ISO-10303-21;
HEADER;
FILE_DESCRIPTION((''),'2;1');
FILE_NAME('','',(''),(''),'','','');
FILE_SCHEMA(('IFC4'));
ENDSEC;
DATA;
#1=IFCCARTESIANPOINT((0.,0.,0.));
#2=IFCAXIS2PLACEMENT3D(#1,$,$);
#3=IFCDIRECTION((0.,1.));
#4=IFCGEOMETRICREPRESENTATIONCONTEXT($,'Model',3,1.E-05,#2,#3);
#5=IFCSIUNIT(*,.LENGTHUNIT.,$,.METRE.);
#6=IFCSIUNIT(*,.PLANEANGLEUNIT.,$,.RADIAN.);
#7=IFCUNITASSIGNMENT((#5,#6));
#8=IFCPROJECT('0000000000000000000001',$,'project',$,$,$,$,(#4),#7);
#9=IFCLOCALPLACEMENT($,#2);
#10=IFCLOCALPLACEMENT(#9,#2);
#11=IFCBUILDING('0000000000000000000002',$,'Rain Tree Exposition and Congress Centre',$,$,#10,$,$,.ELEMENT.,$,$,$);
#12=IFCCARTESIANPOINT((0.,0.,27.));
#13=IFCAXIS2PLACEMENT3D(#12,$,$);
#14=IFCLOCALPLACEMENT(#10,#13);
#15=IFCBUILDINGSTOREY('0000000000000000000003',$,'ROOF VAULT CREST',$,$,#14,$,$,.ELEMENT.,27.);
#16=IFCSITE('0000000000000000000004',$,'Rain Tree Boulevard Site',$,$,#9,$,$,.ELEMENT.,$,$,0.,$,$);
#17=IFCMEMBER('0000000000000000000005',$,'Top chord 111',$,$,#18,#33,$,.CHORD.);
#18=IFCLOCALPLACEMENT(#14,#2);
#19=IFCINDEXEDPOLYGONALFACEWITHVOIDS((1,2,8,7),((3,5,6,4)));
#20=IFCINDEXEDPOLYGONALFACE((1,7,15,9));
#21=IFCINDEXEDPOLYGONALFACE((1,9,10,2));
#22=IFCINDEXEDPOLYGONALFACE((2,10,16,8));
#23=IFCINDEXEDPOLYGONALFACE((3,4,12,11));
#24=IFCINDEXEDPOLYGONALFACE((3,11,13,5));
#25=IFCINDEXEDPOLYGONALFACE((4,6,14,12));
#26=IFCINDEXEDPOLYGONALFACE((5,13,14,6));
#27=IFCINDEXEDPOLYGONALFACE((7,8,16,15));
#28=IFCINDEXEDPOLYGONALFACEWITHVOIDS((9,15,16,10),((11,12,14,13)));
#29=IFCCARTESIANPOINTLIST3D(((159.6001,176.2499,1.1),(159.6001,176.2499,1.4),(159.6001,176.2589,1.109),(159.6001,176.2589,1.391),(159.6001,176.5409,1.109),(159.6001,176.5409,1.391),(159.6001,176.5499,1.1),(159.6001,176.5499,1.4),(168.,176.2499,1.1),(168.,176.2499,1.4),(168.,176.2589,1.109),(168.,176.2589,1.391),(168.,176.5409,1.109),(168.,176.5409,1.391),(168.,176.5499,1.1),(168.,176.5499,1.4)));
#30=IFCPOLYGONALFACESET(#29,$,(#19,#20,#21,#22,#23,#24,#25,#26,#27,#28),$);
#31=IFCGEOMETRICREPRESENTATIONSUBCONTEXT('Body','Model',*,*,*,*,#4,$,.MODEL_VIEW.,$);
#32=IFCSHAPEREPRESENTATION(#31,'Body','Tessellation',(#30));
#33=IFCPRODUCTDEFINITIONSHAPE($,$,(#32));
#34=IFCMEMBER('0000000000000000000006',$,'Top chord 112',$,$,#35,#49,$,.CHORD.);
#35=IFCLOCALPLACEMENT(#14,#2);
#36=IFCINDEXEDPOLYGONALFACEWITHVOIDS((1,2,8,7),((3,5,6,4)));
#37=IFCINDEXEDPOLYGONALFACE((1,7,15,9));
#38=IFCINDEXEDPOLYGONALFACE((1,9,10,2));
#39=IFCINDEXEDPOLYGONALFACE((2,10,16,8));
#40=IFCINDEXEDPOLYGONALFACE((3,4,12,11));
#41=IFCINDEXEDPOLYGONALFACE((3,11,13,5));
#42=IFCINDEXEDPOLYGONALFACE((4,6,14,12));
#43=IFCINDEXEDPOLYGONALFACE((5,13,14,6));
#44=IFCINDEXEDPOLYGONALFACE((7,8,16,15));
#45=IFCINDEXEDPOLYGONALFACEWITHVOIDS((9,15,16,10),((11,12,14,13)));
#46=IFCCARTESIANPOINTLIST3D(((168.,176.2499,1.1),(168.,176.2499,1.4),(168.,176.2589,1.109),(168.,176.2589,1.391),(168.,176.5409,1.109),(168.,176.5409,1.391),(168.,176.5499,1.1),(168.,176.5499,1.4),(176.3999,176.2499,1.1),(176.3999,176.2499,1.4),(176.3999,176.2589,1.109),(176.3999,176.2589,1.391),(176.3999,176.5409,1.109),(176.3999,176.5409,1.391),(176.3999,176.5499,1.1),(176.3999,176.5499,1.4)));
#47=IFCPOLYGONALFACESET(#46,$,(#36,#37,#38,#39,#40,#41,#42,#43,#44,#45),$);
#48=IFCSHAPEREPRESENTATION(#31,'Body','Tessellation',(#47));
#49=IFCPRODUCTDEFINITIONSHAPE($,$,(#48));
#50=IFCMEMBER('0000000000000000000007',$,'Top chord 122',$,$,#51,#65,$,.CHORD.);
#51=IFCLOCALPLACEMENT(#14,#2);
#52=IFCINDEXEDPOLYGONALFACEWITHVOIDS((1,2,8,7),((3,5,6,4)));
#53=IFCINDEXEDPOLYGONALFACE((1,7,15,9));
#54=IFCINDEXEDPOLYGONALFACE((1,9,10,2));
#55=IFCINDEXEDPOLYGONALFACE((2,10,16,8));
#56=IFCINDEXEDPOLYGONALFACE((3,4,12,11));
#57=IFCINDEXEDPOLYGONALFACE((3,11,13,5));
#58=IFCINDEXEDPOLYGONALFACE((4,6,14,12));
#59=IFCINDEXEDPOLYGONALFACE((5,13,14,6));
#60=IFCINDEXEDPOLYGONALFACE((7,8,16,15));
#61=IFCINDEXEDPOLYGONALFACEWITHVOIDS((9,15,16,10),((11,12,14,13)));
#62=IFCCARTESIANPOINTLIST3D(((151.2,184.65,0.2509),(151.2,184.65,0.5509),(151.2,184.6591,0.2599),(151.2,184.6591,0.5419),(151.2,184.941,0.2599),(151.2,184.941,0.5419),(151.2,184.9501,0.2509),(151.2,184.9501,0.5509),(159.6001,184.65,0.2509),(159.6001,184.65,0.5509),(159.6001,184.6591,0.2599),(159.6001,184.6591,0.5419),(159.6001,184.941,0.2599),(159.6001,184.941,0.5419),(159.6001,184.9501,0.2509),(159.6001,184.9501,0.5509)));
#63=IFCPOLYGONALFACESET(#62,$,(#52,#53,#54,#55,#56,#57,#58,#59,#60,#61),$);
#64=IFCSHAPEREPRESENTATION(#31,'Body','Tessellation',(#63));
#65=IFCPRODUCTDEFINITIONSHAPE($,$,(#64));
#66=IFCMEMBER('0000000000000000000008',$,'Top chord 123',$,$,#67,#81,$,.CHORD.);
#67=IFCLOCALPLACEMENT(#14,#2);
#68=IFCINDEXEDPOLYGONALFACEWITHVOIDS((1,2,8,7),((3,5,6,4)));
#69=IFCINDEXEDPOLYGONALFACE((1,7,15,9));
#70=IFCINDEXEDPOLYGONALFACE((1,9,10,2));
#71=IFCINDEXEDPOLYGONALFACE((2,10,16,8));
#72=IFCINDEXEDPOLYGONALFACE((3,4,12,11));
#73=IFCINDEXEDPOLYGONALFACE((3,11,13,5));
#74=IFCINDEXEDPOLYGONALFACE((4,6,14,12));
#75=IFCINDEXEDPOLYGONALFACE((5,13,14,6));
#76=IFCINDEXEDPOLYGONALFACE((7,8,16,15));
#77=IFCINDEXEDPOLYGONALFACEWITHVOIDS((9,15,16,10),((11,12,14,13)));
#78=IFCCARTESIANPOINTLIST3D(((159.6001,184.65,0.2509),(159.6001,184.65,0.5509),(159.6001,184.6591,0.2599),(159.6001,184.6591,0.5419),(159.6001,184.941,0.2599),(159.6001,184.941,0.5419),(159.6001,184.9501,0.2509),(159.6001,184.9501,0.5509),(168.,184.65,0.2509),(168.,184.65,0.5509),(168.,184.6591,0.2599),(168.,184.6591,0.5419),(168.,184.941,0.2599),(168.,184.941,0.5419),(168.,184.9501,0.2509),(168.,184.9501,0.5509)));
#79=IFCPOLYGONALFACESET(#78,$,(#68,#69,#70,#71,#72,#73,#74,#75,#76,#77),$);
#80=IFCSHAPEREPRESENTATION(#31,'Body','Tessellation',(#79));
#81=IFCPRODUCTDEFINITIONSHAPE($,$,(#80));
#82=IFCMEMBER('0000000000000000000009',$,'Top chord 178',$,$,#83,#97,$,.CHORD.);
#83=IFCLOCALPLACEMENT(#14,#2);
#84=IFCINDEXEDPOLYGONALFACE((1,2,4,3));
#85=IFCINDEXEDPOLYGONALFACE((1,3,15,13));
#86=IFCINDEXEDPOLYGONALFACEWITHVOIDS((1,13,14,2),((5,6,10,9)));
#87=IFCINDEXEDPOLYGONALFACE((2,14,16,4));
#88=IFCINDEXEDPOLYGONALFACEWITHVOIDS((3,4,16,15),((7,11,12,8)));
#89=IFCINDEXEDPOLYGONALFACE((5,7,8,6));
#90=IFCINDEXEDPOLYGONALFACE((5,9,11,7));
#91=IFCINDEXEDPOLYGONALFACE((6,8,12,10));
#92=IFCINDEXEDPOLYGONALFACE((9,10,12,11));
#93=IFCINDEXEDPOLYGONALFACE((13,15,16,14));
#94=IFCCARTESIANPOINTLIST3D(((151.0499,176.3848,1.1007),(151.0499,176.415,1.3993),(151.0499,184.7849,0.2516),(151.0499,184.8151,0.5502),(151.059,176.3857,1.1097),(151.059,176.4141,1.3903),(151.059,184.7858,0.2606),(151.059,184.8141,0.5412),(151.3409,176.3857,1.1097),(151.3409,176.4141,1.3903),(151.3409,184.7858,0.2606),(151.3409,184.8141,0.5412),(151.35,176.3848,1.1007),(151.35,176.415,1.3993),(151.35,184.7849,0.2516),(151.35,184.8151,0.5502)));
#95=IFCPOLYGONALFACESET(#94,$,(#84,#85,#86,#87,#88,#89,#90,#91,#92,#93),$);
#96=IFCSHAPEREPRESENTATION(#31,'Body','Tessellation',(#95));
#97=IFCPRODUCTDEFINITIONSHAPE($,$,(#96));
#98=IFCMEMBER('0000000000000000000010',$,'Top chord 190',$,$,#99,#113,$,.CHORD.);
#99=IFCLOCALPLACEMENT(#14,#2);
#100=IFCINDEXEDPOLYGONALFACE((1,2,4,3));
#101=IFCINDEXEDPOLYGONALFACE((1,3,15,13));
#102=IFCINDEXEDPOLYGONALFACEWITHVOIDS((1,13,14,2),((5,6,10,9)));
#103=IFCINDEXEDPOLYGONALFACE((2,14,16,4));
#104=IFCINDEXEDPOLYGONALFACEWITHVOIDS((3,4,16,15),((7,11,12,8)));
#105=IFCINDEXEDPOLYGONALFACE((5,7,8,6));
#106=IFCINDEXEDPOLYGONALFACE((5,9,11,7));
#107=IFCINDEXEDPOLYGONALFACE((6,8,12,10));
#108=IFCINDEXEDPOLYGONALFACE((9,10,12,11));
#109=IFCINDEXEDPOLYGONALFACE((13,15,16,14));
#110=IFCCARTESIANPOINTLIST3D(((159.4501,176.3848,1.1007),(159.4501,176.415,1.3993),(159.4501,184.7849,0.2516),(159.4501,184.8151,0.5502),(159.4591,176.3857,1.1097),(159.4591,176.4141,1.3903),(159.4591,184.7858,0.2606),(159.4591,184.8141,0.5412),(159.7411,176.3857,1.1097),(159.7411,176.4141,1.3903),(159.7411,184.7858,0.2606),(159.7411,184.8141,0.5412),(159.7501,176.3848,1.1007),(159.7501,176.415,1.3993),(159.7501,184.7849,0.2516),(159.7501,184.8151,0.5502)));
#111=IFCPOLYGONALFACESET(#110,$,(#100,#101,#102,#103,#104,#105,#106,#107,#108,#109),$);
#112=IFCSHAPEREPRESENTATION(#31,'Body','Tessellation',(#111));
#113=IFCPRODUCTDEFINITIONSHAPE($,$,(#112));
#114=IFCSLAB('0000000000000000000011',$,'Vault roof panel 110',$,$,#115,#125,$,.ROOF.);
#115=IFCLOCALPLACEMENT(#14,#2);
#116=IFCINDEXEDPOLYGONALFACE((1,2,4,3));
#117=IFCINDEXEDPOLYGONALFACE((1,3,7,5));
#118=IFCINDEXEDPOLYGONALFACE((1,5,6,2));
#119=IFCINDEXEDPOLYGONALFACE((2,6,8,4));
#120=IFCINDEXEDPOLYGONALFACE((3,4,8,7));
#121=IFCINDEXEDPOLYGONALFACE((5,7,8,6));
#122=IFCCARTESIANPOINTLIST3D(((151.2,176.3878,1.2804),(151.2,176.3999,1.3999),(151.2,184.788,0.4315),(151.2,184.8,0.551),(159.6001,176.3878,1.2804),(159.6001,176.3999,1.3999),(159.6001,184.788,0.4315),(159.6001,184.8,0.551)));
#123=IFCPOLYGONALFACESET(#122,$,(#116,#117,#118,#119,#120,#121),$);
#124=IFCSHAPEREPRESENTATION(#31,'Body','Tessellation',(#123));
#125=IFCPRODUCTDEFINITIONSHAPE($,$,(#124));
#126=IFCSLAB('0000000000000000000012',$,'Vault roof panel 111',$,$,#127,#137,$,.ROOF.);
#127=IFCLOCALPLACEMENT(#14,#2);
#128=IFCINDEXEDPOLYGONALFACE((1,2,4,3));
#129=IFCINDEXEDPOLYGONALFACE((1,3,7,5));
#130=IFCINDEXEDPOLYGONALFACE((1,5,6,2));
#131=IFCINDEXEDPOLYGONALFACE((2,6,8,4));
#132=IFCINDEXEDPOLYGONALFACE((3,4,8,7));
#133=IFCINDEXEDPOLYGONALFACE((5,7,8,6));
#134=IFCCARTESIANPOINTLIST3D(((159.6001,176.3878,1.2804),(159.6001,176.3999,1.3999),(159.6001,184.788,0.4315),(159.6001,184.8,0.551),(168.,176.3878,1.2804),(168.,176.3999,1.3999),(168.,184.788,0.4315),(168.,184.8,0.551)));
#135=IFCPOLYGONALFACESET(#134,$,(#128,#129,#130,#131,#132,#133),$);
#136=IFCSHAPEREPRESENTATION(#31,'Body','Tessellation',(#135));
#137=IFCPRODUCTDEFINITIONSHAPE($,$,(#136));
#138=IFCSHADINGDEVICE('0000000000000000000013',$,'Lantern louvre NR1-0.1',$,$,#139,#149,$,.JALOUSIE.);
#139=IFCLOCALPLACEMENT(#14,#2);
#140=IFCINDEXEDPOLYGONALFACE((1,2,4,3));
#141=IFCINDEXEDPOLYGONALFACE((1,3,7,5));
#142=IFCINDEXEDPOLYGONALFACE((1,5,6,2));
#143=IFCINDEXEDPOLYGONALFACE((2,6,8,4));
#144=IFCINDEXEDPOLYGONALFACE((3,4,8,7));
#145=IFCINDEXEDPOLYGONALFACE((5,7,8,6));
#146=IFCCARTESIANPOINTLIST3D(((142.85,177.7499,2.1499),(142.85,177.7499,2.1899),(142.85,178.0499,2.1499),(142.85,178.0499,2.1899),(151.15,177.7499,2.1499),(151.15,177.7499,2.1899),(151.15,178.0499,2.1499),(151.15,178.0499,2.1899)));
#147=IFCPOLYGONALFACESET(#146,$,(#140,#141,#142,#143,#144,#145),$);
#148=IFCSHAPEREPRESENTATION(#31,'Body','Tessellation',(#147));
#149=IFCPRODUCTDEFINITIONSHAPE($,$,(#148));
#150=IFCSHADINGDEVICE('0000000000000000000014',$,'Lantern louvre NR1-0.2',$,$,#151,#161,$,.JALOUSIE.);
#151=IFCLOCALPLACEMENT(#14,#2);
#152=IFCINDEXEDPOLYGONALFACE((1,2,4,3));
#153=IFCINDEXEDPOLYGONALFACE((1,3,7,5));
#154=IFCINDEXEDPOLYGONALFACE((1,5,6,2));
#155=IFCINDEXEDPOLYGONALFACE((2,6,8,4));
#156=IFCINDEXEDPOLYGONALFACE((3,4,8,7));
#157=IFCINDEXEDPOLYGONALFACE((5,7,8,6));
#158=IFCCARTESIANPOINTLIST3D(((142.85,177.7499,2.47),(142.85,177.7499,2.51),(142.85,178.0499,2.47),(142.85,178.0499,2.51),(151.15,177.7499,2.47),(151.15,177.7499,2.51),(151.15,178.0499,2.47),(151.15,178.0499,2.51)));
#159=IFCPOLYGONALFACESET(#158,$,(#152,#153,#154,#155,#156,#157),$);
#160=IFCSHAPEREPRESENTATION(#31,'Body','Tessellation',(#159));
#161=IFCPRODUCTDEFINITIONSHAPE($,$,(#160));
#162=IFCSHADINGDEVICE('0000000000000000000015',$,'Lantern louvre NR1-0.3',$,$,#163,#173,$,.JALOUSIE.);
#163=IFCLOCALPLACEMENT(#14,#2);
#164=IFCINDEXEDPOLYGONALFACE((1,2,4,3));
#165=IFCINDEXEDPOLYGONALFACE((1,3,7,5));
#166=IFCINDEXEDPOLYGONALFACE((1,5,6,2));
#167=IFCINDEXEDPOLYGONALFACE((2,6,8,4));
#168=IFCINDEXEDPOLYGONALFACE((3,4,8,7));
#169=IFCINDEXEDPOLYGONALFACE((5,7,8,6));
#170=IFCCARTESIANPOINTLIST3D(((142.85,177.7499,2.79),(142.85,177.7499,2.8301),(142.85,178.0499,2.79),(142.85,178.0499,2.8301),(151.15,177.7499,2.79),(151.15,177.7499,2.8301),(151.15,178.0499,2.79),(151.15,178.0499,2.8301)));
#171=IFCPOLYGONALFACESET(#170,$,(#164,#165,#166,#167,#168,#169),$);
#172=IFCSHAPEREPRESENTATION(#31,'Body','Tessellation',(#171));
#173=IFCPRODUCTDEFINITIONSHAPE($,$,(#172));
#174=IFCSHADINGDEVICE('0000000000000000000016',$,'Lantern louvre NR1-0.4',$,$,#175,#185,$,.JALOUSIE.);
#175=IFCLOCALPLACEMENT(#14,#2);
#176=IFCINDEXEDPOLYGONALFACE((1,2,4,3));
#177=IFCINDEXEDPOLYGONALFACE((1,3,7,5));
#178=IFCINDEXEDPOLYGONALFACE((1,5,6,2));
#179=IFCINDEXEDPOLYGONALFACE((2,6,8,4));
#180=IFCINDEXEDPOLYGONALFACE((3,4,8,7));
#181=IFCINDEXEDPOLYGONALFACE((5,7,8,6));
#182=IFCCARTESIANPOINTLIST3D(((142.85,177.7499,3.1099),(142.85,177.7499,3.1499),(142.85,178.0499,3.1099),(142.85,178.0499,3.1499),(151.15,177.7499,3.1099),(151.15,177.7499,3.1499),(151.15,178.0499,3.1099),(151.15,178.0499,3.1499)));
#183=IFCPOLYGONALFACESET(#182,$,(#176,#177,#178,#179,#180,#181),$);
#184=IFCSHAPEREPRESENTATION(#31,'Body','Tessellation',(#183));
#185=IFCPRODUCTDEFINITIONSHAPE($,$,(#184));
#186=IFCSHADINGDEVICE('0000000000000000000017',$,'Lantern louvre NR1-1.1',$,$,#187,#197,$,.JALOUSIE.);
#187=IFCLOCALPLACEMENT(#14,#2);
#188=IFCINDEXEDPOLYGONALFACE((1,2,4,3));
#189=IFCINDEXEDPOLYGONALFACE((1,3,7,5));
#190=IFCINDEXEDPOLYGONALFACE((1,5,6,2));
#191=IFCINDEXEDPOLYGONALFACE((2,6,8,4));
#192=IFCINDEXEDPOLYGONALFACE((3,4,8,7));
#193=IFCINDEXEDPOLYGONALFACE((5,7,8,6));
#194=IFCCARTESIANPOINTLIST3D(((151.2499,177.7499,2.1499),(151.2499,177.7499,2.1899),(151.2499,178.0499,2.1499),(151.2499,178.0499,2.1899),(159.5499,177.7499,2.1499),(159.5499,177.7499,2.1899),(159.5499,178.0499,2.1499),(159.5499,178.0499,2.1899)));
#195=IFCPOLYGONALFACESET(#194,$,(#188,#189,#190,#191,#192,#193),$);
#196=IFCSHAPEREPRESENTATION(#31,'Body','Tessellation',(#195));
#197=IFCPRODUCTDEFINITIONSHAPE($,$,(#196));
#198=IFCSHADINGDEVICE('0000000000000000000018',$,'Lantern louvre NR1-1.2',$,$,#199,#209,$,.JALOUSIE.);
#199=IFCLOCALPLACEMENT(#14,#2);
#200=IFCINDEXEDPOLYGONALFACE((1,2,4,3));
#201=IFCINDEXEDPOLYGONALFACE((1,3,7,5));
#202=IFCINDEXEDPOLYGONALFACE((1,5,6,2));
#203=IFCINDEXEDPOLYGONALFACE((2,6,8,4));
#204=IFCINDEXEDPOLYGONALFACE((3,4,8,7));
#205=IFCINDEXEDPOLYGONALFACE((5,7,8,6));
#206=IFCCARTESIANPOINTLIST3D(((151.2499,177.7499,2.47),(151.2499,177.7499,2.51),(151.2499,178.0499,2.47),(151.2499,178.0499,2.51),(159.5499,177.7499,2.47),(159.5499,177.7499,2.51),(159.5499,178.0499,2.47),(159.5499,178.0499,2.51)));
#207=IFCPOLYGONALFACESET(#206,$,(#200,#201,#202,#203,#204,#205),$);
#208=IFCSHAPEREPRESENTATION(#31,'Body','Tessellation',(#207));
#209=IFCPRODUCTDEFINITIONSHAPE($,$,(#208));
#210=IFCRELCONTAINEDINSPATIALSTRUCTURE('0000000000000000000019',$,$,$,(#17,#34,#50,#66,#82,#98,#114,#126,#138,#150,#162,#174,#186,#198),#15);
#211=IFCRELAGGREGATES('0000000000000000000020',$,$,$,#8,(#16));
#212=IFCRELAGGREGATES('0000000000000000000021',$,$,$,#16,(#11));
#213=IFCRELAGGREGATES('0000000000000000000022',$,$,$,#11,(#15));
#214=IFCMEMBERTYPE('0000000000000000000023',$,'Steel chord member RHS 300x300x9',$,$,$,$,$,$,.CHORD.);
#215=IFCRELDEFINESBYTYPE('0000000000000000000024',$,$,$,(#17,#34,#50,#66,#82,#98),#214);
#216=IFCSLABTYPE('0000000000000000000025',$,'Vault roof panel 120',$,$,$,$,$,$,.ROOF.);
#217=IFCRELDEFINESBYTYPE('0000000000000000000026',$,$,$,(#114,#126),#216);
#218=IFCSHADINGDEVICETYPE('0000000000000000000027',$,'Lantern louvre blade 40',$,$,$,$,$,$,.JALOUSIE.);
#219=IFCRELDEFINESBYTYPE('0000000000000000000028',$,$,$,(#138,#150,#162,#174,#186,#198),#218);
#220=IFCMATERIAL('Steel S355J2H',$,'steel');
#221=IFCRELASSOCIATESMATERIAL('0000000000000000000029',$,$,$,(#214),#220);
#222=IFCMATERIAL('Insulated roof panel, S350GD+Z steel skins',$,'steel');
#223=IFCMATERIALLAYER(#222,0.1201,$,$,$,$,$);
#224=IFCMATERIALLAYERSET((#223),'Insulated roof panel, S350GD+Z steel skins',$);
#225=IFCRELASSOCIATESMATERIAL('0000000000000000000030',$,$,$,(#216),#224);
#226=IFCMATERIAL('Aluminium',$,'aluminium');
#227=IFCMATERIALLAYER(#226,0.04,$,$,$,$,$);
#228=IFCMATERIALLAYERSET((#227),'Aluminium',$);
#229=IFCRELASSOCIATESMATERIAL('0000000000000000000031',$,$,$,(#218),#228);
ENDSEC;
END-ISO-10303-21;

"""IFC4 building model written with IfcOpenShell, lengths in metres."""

from ifc_helpers import new_model, si_unit, direction, frame, origin, origin_2d, place, context, subcontext, project, spatial, polyline, rectangle, hollow_rectangle, outline, extrude, material, layer, layer_set, material_profile, profile_set, type_object, element, save


model = new_model("IFC4")

# Units and contexts
model_context = context("Model", 3, precision=1e-05, world=origin(), true_north=direction((0.0, 1.0)))
body_context = subcontext(model_context, "Body", "Model", "MODEL_VIEW")
ifc_project = project(units=[si_unit("LENGTHUNIT", "METRE"), si_unit("PLANEANGLEUNIT", "RADIAN")], contexts=[model_context])

# Site, building, storey
site_placement = place(None, origin())
site = spatial("IfcSite", under=ifc_project, at=site_placement, Name="Rain Tree Boulevard Site", CompositionType="ELEMENT", RefElevation=0.0)
building_placement = place(site_placement, origin())
building = spatial("IfcBuilding", under=site, at=building_placement, Name="Rain Tree Exposition and Congress Centre", CompositionType="ELEMENT")
storey_placement = place(building_placement, frame((0.0, 0.0, 27.0)))
storey = spatial("IfcBuildingStorey", under=building, at=storey_placement, Name="ROOF VAULT CREST", CompositionType="ELEMENT", Elevation=27.0)

# Members
ifc_material_1 = material(Name="Steel S355J2H", Category="steel")
ifc_material_profile_1 = material_profile(ifc_material_1, hollow_rectangle(XDim=0.3, YDim=0.3, WallThickness=0.009, at=origin_2d()), Name="RHS 300x300x9")
ifc_profile_set_1 = profile_set([ifc_material_profile_1], Name="Steel S355J2H")
member_type = type_object("IfcMemberType", Name="Steel chord member RHS 300x300x9", PredefinedType="CHORD", material=ifc_profile_set_1)
for number, where, z_axis, x_axis, name in (
    (1, (159.6001, 176.3999, 1.25), (1.0, 0.0, 0.0), (0.0, 1.0, 0.0), "Top chord 111"),
    (2, (168.0, 176.3999, 1.25), (1.0, 0.0, 0.0), (0.0, 1.0, 0.0), "Top chord 112"),
):
    element("IfcMember", number, at=place(storey_placement, frame(where, z_axis=z_axis, x_axis=x_axis)), inside=storey, type_object=member_type, Name=name, PredefinedType="CHORD", context=body_context, shape_type="SweptSolid", body=[
        extrude(hollow_rectangle(XDim=0.3, YDim=0.3, WallThickness=0.009, at=origin_2d()), origin(), (0.0, 0.0, 1.0), 8.3999),
    ])
member_1_placement = place(storey_placement, frame((151.2, 184.8, 0.4009), z_axis=(1.0, 0.0, 0.0), x_axis=(0.0, 1.0, 0.0)))
element("IfcMember", 3, at=member_1_placement, inside=storey, type_object=member_type, Name="Top chord 122", PredefinedType="CHORD", context=body_context, shape_type="SweptSolid", body=[
    extrude(hollow_rectangle(XDim=0.3, YDim=0.3, WallThickness=0.009, at=origin_2d()), origin(), (0.0, 0.0, 1.0), 8.4001),
])
member_2_placement = place(storey_placement, frame((159.6001, 184.8, 0.4009), z_axis=(1.0, 0.0, 0.0), x_axis=(0.0, 1.0, 0.0)))
element("IfcMember", 4, at=member_2_placement, inside=storey, type_object=member_type, Name="Top chord 123", PredefinedType="CHORD", context=body_context, shape_type="SweptSolid", body=[
    extrude(hollow_rectangle(XDim=0.3, YDim=0.3, WallThickness=0.009, at=origin_2d()), origin(), (0.0, 0.0, 1.0), 8.3999),
])
for number, where, z_axis, x_axis, name in (
    (5, (151.2, 176.3999, 1.25), (0.0, 0.99493, -0.100572), (-1.0, 0.0, 0.0), "Top chord 178"),
    (6, (159.6001, 176.3999, 1.25), (0.0, 0.99493, -0.100572), (-1.0, 0.0, 0.0), "Top chord 190"),
):
    element("IfcMember", number, at=place(storey_placement, frame(where, z_axis=z_axis, x_axis=x_axis)), inside=storey, type_object=member_type, Name=name, PredefinedType="CHORD", context=body_context, shape_type="SweptSolid", body=[
        extrude(hollow_rectangle(XDim=0.3, YDim=0.3, WallThickness=0.009, at=origin_2d()), origin(), (0.0, 0.0, 1.0), 8.4429),
    ])

# Slabs
ifc_material_2 = material(Name="Insulated roof panel, S350GD+Z steel skins", Category="steel")
ifc_layer_1 = layer(ifc_material_2, 0.1201)
ifc_layer_set_1 = layer_set([ifc_layer_1], Name="Insulated roof panel, S350GD+Z steel skins")
slab_type = type_object("IfcSlabType", Name="Vault roof panel 120", PredefinedType="ROOF", material=ifc_layer_set_1)
slab_1_placement = place(storey_placement, frame((151.2, 176.3999, 1.3999), z_axis=(0.0, 0.100543, 0.994933), x_axis=(1.0, 0.0, 0.0)))
element("IfcSlab", 7, at=slab_1_placement, inside=storey, type_object=slab_type, Name="Vault roof panel 110", PredefinedType="ROOF", context=body_context, shape_type="SweptSolid", body=[
    extrude(outline(polyline([(0.0, 0.0), (8.4001, 0.0), (8.4001, 8.4429), (0.0, 8.4429), (0.0, 0.0)])), origin(), (0.0, 0.0, -1.0), 0.1201),
])
slab_2_placement = place(storey_placement, frame((159.6001, 176.3999, 1.3999), z_axis=(0.0, 0.100543, 0.994933), x_axis=(1.0, 0.0, 0.0)))
element("IfcSlab", 8, at=slab_2_placement, inside=storey, type_object=slab_type, Name="Vault roof panel 111", PredefinedType="ROOF", context=body_context, shape_type="SweptSolid", body=[
    extrude(outline(polyline([(0.0, 0.0), (8.3999, 0.0), (8.3999, 8.4429), (0.0, 8.4429), (0.0, 0.0)])), origin(), (0.0, 0.0, -1.0), 0.1201),
])

# Shading devices
ifc_material_3 = material(Name="Aluminium", Category="aluminium")
ifc_layer_2 = layer(ifc_material_3, 0.04)
ifc_layer_set_2 = layer_set([ifc_layer_2], Name="Aluminium")
shading_device_type = type_object("IfcShadingDeviceType", Name="Lantern louvre blade 40", PredefinedType="JALOUSIE", material=ifc_layer_set_2)
for number, where, z_axis, x_axis, name in (
    (9, (147.0, 177.8999, 2.1499), (0.0, 0.0, 1.0), (1.0, 0.0, 0.0), "Lantern louvre NR1-0.1"),
    (10, (147.0, 177.8999, 2.47), (0.0, 0.0, 1.0), (1.0, 0.0, 0.0), "Lantern louvre NR1-0.2"),
    (11, (147.0, 177.8999, 2.79), (0.0, 0.0, 1.0), (1.0, 0.0, 0.0), "Lantern louvre NR1-0.3"),
    (12, (147.0, 177.8999, 3.1099), (0.0, 0.0, 1.0), (1.0, 0.0, 0.0), "Lantern louvre NR1-0.4"),
    (13, (155.3999, 177.8999, 2.1499), (0.0, 0.0, 1.0), (1.0, 0.0, 0.0), "Lantern louvre NR1-1.1"),
    (14, (155.3999, 177.8999, 2.47), (0.0, 0.0, 1.0), (1.0, 0.0, 0.0), "Lantern louvre NR1-1.2"),
):
    element("IfcShadingDevice", number, at=place(storey_placement, frame(where, z_axis=z_axis, x_axis=x_axis)), inside=storey, type_object=shading_device_type, Name=name, PredefinedType="JALOUSIE", context=body_context, shape_type="SweptSolid", body=[
        extrude(rectangle(XDim=8.3, YDim=0.3, at=origin_2d()), origin(), (0.0, 0.0, 1.0), 0.04),
    ])

save(model, "model.ifc")
